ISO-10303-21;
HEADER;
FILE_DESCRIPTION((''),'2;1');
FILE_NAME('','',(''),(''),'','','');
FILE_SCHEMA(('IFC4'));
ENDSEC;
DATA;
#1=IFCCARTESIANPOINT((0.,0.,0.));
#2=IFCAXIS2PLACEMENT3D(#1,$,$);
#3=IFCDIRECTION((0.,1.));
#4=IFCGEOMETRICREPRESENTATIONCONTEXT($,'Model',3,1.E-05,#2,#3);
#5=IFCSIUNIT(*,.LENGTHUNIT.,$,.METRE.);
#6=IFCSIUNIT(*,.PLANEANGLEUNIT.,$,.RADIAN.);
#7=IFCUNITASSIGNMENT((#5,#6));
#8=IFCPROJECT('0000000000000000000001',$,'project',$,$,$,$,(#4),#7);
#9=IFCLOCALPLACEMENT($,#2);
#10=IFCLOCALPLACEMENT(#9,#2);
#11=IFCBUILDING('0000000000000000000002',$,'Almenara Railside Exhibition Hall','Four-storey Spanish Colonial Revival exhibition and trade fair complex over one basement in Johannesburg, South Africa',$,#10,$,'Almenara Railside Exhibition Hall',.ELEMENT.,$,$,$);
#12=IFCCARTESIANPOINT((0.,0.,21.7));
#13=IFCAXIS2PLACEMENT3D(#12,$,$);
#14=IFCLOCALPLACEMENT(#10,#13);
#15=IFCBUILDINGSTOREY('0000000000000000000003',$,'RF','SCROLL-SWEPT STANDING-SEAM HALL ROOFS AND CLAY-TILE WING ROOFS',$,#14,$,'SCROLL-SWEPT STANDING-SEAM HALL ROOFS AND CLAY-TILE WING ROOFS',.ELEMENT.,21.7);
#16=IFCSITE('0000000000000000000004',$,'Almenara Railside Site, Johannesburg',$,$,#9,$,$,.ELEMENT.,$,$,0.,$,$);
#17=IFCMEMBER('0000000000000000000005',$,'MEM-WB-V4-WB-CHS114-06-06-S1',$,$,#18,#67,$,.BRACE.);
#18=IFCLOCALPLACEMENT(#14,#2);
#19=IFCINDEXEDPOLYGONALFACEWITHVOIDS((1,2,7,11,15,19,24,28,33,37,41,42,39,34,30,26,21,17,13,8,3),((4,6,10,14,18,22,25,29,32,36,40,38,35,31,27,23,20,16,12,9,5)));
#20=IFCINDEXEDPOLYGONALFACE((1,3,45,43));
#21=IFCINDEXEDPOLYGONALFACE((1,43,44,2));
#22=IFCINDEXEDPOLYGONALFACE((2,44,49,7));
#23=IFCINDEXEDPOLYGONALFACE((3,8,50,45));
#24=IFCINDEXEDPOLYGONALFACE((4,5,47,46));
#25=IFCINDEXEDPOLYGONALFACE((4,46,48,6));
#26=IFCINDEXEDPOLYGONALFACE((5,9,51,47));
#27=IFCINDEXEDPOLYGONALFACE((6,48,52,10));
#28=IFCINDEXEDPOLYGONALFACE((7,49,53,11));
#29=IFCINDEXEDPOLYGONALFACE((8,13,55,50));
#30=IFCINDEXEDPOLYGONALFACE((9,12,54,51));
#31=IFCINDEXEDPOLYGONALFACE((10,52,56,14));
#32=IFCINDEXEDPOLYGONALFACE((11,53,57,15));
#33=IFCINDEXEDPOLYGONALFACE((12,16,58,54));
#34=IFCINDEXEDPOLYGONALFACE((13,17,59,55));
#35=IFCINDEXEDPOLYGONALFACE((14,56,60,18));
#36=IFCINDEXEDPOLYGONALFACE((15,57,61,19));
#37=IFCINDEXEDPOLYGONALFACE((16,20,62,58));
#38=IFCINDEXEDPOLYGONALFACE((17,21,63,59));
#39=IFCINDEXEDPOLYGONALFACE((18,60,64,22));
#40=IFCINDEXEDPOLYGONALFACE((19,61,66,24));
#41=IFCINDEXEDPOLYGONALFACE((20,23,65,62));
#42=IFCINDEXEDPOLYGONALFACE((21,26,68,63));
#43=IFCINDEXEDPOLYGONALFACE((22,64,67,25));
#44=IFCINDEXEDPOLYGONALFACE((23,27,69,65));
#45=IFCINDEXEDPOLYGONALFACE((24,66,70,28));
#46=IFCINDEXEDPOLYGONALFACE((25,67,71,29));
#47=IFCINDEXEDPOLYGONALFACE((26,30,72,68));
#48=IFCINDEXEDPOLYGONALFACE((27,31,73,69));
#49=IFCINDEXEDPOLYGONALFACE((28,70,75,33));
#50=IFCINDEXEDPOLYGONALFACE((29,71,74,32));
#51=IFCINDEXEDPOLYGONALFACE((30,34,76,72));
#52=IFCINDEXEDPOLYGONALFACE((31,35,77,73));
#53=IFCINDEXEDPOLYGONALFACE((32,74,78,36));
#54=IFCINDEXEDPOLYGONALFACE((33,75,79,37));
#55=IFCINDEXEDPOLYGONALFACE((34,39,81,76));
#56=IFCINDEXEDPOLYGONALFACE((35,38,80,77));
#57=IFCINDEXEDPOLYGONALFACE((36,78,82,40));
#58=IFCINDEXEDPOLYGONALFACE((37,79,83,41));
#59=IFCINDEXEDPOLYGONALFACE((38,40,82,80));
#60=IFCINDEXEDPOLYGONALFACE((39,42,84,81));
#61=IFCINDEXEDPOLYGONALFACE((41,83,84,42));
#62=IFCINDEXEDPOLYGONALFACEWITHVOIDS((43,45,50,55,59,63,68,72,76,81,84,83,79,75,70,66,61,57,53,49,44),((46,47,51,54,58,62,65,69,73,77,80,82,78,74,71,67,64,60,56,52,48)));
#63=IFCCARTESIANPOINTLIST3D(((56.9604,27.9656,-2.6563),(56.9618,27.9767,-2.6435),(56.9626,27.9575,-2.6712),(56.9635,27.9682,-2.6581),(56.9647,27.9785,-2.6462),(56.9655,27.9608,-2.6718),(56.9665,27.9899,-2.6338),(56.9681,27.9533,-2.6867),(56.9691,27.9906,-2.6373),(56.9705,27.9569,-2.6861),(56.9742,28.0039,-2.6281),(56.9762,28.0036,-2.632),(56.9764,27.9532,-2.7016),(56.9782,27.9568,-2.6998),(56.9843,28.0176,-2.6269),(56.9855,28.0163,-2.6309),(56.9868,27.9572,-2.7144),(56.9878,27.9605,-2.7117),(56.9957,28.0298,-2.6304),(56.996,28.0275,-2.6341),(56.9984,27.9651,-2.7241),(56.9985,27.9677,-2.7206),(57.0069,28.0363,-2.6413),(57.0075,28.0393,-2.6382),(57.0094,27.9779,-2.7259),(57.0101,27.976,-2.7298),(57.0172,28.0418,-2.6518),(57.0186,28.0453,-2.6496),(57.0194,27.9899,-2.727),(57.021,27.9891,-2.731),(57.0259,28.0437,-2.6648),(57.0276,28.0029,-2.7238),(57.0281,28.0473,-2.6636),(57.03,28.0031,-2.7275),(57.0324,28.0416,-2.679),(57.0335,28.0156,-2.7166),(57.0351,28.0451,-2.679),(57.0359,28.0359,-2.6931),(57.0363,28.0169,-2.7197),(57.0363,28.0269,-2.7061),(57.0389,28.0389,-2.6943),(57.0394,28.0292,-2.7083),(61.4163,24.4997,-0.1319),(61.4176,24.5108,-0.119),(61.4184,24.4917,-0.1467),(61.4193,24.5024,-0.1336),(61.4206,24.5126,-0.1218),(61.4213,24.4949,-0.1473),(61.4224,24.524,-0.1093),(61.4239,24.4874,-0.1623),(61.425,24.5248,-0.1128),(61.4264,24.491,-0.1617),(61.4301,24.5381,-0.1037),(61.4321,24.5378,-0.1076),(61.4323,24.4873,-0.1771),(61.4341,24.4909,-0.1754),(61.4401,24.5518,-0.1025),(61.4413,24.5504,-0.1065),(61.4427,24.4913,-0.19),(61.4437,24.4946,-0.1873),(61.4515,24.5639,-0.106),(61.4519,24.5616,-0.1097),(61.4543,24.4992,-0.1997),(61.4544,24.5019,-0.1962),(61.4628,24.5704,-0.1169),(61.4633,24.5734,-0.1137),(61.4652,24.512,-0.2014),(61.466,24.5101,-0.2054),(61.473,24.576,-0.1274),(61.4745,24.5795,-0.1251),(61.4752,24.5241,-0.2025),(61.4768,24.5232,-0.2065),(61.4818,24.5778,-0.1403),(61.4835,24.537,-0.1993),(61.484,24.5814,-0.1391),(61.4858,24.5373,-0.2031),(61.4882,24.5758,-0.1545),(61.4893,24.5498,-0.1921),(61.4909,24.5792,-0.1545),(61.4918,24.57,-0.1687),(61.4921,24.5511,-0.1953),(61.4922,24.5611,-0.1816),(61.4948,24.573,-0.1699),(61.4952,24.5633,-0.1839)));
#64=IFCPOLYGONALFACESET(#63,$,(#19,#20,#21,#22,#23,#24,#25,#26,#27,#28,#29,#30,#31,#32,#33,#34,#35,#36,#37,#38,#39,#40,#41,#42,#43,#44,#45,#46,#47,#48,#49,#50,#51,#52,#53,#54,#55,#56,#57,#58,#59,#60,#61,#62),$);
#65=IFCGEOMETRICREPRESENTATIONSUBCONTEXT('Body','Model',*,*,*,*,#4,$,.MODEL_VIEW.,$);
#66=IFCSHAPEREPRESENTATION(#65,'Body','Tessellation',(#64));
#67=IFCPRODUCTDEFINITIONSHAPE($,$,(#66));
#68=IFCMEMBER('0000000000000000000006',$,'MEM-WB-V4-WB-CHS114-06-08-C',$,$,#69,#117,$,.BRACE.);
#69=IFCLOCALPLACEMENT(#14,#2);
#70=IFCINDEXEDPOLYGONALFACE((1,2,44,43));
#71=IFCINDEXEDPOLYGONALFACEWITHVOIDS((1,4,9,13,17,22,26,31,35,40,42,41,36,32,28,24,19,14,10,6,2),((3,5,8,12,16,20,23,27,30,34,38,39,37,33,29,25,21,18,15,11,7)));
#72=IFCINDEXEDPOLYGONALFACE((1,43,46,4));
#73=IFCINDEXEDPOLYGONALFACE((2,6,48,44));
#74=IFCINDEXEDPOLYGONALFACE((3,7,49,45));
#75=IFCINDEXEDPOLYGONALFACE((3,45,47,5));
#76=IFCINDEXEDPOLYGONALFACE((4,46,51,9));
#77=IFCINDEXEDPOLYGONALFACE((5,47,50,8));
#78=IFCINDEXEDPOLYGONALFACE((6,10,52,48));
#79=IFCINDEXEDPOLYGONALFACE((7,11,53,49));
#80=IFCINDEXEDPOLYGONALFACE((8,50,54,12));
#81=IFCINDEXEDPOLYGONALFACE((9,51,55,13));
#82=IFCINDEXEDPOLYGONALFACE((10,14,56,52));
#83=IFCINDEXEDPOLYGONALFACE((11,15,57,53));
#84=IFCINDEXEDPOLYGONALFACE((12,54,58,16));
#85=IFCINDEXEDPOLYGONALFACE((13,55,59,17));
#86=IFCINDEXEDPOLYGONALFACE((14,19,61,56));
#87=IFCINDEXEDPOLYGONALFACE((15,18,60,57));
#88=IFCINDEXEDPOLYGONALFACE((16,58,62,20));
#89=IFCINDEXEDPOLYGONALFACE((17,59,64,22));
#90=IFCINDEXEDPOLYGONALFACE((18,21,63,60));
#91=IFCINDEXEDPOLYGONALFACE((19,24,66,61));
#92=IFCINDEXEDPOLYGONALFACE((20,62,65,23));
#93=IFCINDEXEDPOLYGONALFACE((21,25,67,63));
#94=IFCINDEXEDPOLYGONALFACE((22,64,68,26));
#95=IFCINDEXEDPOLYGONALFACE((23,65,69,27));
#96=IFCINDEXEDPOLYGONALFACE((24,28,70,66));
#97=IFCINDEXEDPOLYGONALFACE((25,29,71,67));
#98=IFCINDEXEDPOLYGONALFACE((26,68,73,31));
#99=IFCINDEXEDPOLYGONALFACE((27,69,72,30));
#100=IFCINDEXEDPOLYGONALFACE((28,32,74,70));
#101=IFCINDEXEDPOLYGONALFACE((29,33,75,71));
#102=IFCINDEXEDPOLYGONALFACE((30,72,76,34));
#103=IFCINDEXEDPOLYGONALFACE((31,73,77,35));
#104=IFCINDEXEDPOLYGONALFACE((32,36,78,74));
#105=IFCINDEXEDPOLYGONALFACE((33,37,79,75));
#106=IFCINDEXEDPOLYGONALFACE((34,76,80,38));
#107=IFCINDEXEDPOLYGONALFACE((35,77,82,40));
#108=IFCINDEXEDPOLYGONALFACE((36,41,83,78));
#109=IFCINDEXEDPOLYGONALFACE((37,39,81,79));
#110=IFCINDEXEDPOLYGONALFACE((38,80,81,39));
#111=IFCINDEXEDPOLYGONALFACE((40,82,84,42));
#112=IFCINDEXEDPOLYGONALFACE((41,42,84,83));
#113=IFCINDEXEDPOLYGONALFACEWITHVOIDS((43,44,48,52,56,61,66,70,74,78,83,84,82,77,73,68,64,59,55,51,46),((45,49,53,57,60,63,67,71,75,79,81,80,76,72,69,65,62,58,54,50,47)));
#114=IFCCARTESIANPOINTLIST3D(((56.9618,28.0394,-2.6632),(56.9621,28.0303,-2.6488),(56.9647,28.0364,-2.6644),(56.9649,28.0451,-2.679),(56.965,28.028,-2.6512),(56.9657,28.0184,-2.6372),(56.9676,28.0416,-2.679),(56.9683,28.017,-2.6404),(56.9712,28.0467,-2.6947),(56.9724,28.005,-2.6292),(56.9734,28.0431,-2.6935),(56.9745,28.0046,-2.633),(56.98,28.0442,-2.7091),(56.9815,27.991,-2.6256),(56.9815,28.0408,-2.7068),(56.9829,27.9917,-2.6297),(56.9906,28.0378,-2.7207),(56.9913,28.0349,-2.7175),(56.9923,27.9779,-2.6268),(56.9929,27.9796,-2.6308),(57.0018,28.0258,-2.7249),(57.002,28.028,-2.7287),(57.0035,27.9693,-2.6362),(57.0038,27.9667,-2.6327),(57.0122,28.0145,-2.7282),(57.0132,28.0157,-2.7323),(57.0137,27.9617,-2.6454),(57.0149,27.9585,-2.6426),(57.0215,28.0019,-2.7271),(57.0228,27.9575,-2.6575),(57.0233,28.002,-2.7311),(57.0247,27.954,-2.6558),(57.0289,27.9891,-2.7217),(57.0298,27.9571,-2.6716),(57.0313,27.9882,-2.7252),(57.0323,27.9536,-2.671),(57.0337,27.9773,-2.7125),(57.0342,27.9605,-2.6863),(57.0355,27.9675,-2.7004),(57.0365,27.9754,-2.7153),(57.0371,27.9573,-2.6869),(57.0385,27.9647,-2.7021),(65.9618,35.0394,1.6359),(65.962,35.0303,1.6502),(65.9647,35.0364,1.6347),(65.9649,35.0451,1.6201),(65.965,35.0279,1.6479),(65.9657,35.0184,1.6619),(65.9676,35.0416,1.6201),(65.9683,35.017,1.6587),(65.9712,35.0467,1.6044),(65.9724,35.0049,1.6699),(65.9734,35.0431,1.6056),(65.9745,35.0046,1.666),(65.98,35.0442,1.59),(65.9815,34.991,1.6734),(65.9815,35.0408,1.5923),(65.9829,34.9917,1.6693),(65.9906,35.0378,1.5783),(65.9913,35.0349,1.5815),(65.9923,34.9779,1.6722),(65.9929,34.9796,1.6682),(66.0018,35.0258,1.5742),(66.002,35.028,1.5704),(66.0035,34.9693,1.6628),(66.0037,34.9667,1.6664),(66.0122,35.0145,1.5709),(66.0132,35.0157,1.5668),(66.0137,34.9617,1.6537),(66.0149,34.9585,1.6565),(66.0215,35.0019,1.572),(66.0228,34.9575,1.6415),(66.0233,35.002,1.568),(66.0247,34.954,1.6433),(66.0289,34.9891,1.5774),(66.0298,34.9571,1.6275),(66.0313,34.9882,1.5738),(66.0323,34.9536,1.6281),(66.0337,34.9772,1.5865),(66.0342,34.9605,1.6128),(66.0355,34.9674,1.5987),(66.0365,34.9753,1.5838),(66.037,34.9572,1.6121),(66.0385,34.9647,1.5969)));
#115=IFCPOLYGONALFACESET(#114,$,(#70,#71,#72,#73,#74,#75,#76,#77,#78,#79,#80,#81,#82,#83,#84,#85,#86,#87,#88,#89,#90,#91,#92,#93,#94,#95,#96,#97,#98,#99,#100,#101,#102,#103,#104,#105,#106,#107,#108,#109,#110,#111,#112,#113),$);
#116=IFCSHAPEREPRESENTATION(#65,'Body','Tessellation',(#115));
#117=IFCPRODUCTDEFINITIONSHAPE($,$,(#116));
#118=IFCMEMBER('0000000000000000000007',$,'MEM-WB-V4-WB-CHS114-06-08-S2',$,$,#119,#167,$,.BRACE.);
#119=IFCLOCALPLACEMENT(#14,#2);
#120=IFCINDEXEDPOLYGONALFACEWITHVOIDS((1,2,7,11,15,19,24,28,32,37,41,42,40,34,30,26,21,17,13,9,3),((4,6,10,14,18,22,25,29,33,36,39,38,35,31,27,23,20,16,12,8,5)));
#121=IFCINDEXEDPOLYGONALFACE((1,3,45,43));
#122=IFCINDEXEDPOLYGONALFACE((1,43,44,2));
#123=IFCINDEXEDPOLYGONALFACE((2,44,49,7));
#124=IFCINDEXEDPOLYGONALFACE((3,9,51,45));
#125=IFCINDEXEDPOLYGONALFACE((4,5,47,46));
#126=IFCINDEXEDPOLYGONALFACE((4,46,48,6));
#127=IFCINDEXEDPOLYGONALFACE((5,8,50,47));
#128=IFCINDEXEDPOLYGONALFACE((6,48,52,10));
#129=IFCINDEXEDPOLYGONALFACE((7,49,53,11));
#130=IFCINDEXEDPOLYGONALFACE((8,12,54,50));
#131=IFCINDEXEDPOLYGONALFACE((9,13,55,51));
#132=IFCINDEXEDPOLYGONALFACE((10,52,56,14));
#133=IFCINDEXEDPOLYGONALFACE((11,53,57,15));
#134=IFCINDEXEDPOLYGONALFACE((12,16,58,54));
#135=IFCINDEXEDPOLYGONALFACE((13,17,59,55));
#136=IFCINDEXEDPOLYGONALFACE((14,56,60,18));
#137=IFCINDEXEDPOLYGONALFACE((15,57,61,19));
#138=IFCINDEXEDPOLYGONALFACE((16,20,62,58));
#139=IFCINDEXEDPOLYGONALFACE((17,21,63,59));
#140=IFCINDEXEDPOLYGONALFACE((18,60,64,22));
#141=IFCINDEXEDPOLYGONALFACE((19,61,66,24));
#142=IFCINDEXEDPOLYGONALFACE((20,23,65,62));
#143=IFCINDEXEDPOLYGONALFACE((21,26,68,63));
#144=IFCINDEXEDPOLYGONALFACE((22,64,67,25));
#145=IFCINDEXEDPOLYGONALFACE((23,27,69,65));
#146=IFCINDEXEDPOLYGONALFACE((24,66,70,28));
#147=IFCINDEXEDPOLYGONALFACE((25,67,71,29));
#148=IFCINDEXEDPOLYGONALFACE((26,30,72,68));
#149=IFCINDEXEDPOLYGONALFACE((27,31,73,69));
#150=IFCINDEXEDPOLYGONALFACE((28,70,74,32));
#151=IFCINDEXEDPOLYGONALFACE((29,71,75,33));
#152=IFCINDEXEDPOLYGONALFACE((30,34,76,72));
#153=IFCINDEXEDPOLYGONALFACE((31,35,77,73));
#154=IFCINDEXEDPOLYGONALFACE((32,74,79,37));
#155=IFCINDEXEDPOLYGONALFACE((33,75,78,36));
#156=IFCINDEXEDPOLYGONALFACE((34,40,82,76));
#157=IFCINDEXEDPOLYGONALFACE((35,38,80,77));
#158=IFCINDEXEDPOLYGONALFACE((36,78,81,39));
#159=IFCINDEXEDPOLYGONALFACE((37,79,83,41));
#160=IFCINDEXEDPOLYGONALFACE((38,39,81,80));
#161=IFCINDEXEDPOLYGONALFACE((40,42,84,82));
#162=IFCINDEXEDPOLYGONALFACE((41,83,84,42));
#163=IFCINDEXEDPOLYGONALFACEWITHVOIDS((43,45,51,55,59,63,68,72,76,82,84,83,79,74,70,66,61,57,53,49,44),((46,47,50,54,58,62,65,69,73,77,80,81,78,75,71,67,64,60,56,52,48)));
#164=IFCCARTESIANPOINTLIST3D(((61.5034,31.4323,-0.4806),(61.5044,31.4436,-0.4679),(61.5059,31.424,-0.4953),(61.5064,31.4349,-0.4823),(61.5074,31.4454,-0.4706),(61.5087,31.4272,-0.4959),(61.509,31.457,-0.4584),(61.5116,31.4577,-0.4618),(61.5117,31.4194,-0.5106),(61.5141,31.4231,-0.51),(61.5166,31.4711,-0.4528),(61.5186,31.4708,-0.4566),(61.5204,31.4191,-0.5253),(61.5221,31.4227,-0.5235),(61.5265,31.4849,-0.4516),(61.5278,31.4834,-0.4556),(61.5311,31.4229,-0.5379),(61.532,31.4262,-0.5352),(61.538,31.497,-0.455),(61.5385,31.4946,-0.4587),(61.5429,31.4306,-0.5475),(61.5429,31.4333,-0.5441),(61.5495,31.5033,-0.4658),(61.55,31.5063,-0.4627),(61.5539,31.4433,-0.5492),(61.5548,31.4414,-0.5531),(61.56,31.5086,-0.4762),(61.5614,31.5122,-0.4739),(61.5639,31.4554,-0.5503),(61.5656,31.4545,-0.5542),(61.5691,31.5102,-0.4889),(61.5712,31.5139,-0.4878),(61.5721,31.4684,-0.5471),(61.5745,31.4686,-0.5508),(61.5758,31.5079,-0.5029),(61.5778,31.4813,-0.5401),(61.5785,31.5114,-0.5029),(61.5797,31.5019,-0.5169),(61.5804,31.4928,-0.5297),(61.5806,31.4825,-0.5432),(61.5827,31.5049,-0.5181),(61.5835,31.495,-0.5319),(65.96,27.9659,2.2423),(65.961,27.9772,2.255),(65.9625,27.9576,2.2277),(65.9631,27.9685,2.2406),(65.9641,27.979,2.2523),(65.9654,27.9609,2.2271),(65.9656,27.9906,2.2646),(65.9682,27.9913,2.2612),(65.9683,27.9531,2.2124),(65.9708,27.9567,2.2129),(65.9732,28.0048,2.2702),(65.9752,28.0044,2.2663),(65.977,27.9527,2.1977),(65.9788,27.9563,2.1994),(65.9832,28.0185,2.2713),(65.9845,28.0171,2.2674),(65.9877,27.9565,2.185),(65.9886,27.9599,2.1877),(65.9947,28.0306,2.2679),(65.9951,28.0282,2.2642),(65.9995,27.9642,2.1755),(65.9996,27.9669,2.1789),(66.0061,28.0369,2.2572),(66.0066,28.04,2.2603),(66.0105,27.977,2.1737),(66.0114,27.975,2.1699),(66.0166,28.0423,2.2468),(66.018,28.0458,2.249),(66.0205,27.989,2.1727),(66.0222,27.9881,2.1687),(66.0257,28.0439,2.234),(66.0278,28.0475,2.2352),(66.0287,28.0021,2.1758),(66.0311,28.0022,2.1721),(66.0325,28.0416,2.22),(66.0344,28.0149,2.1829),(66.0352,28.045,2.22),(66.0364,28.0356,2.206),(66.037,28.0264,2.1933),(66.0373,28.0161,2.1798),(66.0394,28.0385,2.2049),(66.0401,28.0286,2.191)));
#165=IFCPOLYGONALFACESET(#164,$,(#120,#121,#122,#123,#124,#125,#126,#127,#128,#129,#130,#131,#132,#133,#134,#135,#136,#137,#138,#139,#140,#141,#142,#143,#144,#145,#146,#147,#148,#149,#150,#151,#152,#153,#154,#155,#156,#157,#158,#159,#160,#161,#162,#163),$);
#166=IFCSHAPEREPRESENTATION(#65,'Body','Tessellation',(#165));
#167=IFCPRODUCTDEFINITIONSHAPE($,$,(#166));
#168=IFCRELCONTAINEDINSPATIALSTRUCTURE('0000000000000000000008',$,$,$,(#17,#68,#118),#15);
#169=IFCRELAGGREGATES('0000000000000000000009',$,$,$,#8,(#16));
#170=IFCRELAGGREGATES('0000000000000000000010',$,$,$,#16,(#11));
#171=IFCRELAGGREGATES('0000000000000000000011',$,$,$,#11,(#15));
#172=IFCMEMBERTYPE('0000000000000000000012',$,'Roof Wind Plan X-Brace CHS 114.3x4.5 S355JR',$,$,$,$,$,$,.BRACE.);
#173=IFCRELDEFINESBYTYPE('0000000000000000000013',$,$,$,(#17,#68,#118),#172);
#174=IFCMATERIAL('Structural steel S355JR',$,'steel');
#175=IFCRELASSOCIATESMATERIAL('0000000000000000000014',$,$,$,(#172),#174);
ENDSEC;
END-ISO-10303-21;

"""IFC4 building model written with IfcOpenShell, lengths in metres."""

from ifc_helpers import new_model, si_unit, direction, frame, origin, origin_2d, place, context, subcontext, project, spatial, hollow_circle, extrude, material, material_profile, profile_set, type_object, element, save


model = new_model("IFC4")

# Units and contexts
model_context = context("Model", 3, precision=1e-05, world=origin(), true_north=direction((0.0, 1.0)))
body_context = subcontext(model_context, "Body", "Model", "MODEL_VIEW")
ifc_project = project(units=[si_unit("LENGTHUNIT", "METRE"), si_unit("PLANEANGLEUNIT", "RADIAN")], contexts=[model_context])

# Site, building, storey
site_placement = place(None, origin())
site = spatial("IfcSite", under=ifc_project, at=site_placement, Name="Almenara Railside Site, Johannesburg", CompositionType="ELEMENT", RefElevation=0.0)
building_placement = place(site_placement, origin())
building = spatial("IfcBuilding", under=site, at=building_placement, Name="Almenara Railside Exhibition Hall", Description="Four-storey Spanish Colonial Revival exhibition and trade fair complex over one basement in Johannesburg, South Africa", LongName="Almenara Railside Exhibition Hall", CompositionType="ELEMENT")
storey_placement = place(building_placement, frame((0.0, 0.0, 21.7)))
storey = spatial("IfcBuildingStorey", under=building, at=storey_placement, Name="RF", Description="SCROLL-SWEPT STANDING-SEAM HALL ROOFS AND CLAY-TILE WING ROOFS", LongName="SCROLL-SWEPT STANDING-SEAM HALL ROOFS AND CLAY-TILE WING ROOFS", CompositionType="ELEMENT", Elevation=21.7)

# Members
ifc_material_1 = material(Name="Structural steel S355JR", Category="steel")
ifc_material_profile_1 = material_profile(ifc_material_1, hollow_circle(Radius=0.0571, WallThickness=0.0044, at=origin_2d()), Name="CHS 114.3x4.5")
ifc_profile_set_1 = profile_set([ifc_material_profile_1], Name="Structural steel S355JR")
member_type_1 = type_object("IfcMemberType", Name="Roof Wind Plan X-Brace CHS 114.3x4.5 S355JR", PredefinedType="BRACE", material=ifc_profile_set_1)
member_1_placement = place(storey_placement, frame((57.0, 28.0, -2.679), z_axis=(0.720567, -0.560472, 0.408233), x_axis=(0.613962, 0.789336, 0.0)))
element("IfcMember", 1, at=member_1_placement, inside=storey, type_object=member_type_1, Name="MEM-WB-V4-WB-CHS114-06-06-S1", PredefinedType="BRACE", context=body_context, shape_type="SweptSolid", body=[
    extrude(hollow_circle(Radius=0.0571, WallThickness=0.0044, at=origin_2d()), origin(), (0.0, 0.0, 1.0), 6.1838),
])
member_2_placement = place(storey_placement, frame((57.0, 28.0, -2.679), z_axis=(0.738594, 0.574462, 0.352807), x_axis=(-0.613941, 0.789352, 0.0)))
element("IfcMember", 2, at=member_2_placement, inside=storey, type_object=member_type_1, Name="MEM-WB-V4-WB-CHS114-06-08-C", PredefinedType="BRACE", context=body_context, shape_type="SweptSolid", body=[
    extrude(hollow_circle(Radius=0.0571, WallThickness=0.0044, at=origin_2d()), origin(), (0.0, 0.0, 1.0), 12.1853),
])
member_3_placement = place(storey_placement, frame((61.5435, 31.4663, -0.5029), z_axis=(0.710977, -0.553, 0.4344), x_axis=(0.613953, 0.789343, 0.0)))
element("IfcMember", 3, at=member_3_placement, inside=storey, type_object=member_type_1, Name="MEM-WB-V4-WB-CHS114-06-08-S2", PredefinedType="BRACE", context=body_context, shape_type="SweptSolid", body=[
    extrude(hollow_circle(Radius=0.0571, WallThickness=0.0044, at=origin_2d()), origin(), (0.0, 0.0, 1.0), 6.2683),
])

save(model, "model.ifc")
